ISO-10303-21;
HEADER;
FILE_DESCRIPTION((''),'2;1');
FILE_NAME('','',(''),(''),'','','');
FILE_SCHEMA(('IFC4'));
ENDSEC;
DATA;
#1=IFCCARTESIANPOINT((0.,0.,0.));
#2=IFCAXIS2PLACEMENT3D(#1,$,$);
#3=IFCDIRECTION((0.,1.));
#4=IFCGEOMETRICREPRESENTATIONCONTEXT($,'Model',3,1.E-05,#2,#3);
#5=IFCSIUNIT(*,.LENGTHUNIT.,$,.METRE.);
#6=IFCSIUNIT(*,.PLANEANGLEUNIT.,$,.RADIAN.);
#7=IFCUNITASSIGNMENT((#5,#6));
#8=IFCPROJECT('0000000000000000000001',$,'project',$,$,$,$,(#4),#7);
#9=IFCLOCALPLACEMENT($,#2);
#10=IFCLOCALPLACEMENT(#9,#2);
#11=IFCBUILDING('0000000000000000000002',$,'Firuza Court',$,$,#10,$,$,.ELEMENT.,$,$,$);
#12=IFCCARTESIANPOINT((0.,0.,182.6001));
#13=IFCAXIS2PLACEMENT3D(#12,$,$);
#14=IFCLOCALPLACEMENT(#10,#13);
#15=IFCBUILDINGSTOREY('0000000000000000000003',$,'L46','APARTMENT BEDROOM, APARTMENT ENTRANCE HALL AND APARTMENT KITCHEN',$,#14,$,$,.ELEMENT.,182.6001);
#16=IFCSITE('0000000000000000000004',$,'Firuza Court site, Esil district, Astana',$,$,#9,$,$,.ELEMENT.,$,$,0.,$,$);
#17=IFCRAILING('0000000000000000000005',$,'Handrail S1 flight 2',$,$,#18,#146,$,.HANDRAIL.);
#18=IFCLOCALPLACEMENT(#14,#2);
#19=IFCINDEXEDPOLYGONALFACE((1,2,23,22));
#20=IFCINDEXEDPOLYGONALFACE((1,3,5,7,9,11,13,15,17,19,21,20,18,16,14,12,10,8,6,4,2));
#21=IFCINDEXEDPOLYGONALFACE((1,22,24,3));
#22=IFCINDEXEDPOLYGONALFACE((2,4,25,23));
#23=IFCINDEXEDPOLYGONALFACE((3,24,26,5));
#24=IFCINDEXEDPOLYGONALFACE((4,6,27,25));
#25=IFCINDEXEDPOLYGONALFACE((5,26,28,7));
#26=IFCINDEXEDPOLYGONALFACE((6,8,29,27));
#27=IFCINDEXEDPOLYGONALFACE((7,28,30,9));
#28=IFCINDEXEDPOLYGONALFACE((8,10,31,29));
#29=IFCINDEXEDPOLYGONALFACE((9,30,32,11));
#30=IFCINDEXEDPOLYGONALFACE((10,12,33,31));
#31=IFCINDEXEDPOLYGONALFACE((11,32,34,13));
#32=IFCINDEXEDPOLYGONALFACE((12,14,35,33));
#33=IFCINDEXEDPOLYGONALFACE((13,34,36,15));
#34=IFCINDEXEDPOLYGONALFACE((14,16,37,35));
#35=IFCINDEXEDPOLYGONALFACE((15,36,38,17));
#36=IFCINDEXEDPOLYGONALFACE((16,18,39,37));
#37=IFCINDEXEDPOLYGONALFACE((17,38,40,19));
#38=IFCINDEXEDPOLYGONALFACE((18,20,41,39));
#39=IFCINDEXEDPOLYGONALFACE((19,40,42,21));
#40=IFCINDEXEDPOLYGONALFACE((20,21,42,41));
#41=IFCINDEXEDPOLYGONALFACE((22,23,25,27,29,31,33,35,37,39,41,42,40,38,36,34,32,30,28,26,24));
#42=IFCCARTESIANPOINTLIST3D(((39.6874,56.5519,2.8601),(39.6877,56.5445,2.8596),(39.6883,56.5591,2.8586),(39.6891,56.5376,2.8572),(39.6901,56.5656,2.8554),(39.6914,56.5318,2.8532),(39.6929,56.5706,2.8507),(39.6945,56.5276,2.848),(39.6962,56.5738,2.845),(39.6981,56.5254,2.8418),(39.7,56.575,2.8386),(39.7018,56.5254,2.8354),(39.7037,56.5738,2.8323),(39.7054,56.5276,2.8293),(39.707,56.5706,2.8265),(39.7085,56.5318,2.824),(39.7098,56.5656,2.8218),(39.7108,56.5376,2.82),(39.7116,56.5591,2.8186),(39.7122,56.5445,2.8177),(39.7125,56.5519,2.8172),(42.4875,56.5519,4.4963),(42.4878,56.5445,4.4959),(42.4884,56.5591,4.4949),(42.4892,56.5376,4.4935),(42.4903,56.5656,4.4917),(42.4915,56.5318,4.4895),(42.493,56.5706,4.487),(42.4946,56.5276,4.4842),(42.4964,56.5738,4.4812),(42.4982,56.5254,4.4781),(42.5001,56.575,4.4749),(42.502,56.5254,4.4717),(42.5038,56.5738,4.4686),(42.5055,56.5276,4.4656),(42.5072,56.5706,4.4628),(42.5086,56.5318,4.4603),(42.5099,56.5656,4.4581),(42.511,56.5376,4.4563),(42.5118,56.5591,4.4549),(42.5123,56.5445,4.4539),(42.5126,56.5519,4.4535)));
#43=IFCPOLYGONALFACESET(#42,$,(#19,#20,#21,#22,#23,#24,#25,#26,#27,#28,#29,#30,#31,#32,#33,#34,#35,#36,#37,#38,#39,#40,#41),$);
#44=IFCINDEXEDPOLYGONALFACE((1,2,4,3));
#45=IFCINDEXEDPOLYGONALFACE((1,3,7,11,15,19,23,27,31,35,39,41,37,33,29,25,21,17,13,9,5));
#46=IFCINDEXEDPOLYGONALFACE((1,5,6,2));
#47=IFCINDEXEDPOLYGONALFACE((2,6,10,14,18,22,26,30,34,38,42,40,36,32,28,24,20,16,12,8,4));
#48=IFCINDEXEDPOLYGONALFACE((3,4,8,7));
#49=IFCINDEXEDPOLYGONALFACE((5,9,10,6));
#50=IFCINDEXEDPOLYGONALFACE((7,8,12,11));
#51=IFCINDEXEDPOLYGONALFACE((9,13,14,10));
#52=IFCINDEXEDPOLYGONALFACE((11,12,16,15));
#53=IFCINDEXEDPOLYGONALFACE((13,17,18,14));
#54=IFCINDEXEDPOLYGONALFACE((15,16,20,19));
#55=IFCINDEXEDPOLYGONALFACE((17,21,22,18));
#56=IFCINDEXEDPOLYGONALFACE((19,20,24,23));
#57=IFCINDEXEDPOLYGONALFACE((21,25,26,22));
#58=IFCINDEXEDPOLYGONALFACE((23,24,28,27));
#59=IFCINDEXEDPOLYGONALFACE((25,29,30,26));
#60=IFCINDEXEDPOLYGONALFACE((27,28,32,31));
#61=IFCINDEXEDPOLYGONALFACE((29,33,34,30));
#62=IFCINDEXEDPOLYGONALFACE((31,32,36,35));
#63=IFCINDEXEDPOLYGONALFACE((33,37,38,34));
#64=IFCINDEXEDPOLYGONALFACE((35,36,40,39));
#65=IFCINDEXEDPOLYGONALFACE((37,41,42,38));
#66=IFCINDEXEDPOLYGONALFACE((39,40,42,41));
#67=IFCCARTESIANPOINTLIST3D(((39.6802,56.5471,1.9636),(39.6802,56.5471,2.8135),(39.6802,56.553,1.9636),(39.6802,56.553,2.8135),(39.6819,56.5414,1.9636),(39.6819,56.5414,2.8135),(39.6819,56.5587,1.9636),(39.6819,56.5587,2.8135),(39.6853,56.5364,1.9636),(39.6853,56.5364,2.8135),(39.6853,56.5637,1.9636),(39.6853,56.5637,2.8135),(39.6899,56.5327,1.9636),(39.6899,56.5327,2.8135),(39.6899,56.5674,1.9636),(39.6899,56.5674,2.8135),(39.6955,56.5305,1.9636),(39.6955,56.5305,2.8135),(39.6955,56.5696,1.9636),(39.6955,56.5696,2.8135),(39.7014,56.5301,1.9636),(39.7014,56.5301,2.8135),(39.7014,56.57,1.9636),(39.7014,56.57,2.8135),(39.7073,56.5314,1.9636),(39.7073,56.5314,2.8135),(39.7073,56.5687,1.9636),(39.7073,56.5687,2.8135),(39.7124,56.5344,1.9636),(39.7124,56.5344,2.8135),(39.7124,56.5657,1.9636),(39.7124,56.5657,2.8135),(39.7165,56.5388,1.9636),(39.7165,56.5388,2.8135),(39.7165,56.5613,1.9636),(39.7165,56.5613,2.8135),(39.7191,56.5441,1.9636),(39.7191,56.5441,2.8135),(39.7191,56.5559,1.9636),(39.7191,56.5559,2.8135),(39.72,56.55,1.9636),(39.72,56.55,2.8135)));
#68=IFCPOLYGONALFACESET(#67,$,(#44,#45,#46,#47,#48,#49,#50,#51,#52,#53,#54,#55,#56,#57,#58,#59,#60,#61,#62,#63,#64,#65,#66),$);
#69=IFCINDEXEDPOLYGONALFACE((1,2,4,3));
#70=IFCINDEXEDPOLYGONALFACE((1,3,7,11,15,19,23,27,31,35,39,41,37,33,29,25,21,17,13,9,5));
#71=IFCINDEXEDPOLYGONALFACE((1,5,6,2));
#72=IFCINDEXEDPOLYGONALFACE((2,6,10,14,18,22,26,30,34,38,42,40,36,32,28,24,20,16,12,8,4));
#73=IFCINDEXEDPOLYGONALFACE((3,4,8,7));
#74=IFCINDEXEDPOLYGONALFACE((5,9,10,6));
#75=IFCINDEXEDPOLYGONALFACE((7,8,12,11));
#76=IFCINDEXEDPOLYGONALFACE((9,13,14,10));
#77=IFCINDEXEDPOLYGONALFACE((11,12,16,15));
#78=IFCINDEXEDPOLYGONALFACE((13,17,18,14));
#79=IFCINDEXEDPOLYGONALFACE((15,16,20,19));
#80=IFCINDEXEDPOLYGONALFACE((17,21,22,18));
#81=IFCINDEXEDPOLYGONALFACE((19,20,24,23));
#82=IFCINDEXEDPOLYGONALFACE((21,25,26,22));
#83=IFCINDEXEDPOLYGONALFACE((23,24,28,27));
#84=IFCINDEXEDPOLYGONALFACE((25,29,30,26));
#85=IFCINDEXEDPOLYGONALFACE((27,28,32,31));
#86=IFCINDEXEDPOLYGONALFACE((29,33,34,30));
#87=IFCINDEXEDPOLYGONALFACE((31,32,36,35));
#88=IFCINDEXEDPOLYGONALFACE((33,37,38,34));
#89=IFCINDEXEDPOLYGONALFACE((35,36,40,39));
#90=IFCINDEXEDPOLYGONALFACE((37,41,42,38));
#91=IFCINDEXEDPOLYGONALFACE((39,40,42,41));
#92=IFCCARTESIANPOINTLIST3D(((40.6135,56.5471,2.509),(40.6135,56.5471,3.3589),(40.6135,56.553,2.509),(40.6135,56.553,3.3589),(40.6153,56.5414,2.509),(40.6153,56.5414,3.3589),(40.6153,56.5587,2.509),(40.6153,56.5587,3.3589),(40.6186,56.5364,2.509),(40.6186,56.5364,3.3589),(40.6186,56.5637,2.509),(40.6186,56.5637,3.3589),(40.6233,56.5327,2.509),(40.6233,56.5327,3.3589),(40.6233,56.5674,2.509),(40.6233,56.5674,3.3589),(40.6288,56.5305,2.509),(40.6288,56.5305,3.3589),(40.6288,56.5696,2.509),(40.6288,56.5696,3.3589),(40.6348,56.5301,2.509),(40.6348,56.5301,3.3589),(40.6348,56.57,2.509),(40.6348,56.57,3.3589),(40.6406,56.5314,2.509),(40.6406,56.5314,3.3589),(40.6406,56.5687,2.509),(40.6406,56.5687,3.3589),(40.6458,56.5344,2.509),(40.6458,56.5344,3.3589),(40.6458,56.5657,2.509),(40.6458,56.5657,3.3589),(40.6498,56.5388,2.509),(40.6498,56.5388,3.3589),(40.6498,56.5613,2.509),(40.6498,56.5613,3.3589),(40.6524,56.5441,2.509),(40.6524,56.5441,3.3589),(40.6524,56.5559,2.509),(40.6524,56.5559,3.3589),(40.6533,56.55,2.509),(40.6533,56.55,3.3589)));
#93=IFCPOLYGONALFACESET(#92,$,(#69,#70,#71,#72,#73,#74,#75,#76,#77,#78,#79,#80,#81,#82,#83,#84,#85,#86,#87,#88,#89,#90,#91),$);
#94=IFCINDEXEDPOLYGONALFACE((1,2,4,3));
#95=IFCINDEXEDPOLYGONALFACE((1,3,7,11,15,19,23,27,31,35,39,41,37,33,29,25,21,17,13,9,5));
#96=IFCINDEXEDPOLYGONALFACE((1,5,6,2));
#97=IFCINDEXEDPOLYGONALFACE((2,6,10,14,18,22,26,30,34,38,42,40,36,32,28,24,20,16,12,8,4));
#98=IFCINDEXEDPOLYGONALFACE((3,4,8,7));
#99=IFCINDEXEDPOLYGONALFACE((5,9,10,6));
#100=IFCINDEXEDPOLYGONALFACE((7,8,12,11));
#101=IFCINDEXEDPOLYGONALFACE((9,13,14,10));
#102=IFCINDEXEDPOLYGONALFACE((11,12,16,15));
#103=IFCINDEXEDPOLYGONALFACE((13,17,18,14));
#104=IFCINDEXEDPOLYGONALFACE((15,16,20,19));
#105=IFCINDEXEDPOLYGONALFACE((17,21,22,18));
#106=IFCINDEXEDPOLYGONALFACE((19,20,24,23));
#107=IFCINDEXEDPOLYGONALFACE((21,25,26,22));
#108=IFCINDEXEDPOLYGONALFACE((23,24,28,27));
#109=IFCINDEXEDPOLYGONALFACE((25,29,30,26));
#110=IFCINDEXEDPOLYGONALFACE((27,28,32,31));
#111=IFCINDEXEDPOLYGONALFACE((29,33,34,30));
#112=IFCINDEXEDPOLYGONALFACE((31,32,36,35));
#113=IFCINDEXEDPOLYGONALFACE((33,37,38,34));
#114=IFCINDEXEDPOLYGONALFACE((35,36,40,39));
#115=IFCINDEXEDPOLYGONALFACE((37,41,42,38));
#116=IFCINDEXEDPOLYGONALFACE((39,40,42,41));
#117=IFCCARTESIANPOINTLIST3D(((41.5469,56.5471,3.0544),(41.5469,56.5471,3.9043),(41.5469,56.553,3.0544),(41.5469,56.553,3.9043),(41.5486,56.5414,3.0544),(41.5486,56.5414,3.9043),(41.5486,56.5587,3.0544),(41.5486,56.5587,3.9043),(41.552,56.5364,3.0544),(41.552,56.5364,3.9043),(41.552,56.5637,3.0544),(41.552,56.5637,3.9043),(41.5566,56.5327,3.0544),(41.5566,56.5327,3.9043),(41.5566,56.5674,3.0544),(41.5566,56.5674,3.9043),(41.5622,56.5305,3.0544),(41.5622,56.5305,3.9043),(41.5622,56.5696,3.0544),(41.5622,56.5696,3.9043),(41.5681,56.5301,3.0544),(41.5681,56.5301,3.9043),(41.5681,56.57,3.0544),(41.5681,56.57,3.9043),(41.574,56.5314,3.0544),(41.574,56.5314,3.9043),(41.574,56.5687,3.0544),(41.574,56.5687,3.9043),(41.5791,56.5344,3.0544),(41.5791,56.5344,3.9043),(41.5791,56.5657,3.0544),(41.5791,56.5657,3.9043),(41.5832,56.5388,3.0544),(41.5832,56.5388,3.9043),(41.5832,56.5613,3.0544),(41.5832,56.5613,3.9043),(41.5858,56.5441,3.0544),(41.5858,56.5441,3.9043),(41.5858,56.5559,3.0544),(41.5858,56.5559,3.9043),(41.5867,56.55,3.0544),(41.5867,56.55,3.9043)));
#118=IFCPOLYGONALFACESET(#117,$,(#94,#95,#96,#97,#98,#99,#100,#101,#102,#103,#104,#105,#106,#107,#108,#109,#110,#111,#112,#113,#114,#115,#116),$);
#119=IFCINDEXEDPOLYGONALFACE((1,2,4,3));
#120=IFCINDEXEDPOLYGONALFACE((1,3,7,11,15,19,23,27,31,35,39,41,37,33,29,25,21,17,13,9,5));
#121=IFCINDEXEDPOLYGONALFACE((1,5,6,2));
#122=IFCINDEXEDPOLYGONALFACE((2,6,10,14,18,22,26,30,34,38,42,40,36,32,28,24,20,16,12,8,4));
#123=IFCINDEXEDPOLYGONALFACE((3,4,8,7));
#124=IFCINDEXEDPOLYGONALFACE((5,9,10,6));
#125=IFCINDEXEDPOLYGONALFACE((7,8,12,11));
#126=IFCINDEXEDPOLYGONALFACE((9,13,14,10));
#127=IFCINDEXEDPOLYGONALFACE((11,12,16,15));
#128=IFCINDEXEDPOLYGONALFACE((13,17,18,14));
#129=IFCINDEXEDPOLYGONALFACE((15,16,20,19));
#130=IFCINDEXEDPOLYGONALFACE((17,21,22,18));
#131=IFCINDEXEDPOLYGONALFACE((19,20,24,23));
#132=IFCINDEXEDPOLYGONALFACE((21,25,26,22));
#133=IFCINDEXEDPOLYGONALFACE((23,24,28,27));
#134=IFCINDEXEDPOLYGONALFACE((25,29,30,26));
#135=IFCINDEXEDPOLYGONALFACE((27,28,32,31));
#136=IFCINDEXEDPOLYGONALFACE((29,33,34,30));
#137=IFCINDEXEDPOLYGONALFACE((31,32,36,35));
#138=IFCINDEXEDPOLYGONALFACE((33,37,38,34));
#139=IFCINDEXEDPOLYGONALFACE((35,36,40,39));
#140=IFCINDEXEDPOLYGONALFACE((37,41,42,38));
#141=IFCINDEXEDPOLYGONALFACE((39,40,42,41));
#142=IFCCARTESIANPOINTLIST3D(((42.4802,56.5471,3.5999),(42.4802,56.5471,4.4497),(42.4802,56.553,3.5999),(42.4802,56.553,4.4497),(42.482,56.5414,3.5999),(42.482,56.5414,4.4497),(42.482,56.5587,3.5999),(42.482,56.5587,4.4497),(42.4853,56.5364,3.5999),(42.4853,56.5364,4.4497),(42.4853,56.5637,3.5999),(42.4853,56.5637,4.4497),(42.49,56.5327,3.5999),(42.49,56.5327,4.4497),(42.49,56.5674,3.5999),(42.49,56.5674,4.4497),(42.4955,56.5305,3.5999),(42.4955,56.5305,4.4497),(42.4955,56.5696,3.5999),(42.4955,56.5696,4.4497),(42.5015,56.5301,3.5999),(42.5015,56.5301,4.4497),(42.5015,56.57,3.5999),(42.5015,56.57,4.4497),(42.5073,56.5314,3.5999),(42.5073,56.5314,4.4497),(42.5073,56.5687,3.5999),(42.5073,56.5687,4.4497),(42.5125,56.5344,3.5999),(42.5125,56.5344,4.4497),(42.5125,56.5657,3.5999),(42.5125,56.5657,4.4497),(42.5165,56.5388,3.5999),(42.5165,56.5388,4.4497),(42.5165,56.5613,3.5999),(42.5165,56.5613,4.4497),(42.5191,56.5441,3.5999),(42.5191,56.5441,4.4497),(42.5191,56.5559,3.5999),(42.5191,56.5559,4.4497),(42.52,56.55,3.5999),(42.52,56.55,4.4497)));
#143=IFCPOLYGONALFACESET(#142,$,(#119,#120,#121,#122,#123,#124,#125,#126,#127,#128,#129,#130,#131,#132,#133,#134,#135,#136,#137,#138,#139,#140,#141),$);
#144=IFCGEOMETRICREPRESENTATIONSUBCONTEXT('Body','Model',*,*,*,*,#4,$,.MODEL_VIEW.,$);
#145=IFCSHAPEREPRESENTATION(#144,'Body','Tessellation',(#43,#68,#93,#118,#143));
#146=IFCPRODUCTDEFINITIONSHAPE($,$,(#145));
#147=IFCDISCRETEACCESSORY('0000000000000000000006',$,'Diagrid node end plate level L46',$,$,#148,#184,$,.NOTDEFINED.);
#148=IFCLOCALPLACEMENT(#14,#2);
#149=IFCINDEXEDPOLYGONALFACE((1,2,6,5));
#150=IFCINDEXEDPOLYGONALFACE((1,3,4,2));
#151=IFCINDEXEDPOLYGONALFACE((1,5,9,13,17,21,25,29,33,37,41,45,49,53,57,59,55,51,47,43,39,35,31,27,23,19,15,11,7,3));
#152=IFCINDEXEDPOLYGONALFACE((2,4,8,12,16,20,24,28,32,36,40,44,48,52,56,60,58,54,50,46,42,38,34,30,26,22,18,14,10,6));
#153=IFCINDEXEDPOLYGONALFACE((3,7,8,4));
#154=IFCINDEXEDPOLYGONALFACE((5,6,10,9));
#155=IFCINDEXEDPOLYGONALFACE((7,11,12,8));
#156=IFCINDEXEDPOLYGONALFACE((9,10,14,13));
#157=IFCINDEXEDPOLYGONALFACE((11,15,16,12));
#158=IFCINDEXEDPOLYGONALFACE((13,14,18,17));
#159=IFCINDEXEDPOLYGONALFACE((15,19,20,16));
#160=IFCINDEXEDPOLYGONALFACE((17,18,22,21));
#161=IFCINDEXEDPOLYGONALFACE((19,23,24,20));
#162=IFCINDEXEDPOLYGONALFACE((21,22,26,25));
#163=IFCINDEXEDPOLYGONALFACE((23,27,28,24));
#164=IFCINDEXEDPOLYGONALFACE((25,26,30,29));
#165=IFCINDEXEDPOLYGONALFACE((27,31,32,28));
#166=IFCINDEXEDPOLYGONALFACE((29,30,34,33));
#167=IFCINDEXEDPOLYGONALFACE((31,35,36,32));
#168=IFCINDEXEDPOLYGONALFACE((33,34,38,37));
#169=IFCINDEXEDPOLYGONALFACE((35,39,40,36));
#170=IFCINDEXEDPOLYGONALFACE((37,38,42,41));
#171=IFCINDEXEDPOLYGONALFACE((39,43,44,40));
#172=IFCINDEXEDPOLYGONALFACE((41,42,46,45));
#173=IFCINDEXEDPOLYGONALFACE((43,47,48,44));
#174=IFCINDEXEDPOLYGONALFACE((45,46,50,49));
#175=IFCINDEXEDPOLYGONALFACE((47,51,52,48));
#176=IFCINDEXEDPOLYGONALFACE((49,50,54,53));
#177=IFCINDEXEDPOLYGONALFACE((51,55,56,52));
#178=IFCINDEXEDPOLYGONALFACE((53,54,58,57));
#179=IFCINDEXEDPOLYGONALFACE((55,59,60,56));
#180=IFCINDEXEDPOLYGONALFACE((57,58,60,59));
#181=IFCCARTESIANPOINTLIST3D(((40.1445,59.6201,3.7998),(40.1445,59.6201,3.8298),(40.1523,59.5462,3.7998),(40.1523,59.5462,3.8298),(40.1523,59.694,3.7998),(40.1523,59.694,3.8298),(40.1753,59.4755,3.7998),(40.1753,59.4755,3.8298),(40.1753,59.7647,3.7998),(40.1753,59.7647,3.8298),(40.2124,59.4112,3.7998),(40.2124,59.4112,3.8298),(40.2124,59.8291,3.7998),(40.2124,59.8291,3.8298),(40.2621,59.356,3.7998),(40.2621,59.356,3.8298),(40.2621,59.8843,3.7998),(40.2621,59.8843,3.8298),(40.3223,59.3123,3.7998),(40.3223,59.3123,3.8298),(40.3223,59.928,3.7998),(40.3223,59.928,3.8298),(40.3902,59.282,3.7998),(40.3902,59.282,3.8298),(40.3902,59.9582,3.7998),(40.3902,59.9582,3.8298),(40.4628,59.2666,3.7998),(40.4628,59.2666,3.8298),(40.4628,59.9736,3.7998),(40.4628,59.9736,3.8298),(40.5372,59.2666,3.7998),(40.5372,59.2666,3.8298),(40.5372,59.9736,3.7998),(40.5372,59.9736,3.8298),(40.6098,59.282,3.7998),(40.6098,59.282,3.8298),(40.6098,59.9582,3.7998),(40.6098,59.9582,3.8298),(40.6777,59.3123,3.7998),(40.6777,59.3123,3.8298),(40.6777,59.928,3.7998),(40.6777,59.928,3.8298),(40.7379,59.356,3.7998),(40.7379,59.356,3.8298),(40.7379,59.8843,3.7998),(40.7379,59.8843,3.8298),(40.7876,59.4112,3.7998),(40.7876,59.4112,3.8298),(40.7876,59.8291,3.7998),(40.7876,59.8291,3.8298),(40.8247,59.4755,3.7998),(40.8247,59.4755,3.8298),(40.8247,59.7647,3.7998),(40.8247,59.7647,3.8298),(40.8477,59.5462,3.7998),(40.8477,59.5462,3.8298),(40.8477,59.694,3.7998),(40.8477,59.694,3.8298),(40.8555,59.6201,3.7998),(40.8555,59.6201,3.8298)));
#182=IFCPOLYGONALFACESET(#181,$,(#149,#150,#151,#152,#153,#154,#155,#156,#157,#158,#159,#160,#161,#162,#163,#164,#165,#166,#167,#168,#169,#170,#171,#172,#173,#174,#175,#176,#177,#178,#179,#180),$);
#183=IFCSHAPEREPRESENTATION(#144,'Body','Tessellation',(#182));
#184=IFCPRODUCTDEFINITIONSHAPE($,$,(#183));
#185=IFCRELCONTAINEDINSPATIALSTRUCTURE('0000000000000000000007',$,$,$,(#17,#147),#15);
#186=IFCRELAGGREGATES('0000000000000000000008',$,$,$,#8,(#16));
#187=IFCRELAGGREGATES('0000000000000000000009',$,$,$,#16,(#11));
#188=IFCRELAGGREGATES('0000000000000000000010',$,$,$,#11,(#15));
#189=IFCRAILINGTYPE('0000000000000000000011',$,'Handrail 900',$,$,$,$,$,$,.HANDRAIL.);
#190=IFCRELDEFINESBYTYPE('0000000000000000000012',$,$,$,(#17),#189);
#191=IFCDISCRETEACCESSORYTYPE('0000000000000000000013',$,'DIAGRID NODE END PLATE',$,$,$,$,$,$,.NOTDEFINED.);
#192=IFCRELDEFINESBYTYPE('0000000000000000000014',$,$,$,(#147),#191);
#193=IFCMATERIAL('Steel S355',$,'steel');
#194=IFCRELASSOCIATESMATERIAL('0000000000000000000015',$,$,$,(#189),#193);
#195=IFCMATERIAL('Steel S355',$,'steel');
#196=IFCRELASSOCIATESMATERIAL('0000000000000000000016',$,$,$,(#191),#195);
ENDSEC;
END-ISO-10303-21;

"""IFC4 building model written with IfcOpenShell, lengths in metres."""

from ifc_helpers import new_model, si_unit, direction, frame, origin, origin_2d, place, context, subcontext, project, spatial, circle, extrude, material, material_profile, profile_set, type_object, element, save


model = new_model("IFC4")

# Units and contexts
model_context = context("Model", 3, precision=1e-05, world=origin(), true_north=direction((0.0, 1.0)))
body_context = subcontext(model_context, "Body", "Model", "MODEL_VIEW")
ifc_project = project(units=[si_unit("LENGTHUNIT", "METRE"), si_unit("PLANEANGLEUNIT", "RADIAN")], contexts=[model_context])

# Site, building, storey
site_placement = place(None, origin())
site = spatial("IfcSite", under=ifc_project, at=site_placement, Name="Firuza Court site, Esil district, Astana", CompositionType="ELEMENT", RefElevation=0.0)
building_placement = place(site_placement, origin())
building = spatial("IfcBuilding", under=site, at=building_placement, Name="Firuza Court", CompositionType="ELEMENT")
storey_placement = place(building_placement, frame((0.0, 0.0, 182.6001)))
storey = spatial("IfcBuildingStorey", under=building, at=storey_placement, Name="L46", Description="APARTMENT BEDROOM, APARTMENT ENTRANCE HALL AND APARTMENT KITCHEN", CompositionType="ELEMENT", Elevation=182.6001)

# Railing
ifc_material_1 = material(Name="Steel S355", Category="steel")
railing_type = type_object("IfcRailingType", Name="Handrail 900", PredefinedType="HANDRAIL", material=ifc_material_1)
railing_placement = place(storey_placement, frame((39.7, 56.55, 1.9636)))
element("IfcRailing", 1, at=railing_placement, inside=storey, type_object=railing_type, Name="Handrail S1 flight 2", PredefinedType="HANDRAIL", context=body_context, shape_type="SweptSolid", body=[
    extrude(circle(Radius=0.0249, at=origin_2d()), frame((0.0, 0.0, 0.875), z_axis=(0.863394, 0.0, 0.504531), x_axis=(0.0, 1.0, 0.0)), (0.0, 0.0, 1.0), 3.2432),
    extrude(circle(Radius=0.02, at=origin_2d()), origin(), (0.0, 0.0, 1.0), 0.8499),
    extrude(circle(Radius=0.02, at=origin_2d()), frame((0.9333, 0.0, 0.5454)), (0.0, 0.0, 1.0), 0.8499),
    extrude(circle(Radius=0.02, at=origin_2d()), frame((1.8667, 0.0, 1.0908)), (0.0, 0.0, 1.0), 0.8499),
    extrude(circle(Radius=0.02, at=origin_2d()), frame((2.8, 0.0, 1.6362)), (0.0, 0.0, 1.0), 0.8499),
])

# Discrete accessory
ifc_material_2 = material(Name="Steel S355", Category="steel")
ifc_material_profile_1 = material_profile(ifc_material_2, circle(Radius=0.3555, at=origin_2d()), Name="PL D711")
ifc_profile_set_1 = profile_set([ifc_material_profile_1], Name="Steel S355")
discrete_accessory_type = type_object("IfcDiscreteAccessoryType", Name="DIAGRID NODE END PLATE", PredefinedType="NOTDEFINED", material=ifc_profile_set_1)
discrete_accessory_placement = place(storey_placement, frame((40.5, 59.6201, 3.7998), z_axis=(0.0, 0.0, 1.0), x_axis=(1.0, 0.0, 0.0)))
element("IfcDiscreteAccessory", 2, at=discrete_accessory_placement, inside=storey, type_object=discrete_accessory_type, Name="Diagrid node end plate level L46", PredefinedType="NOTDEFINED", context=body_context, shape_type="SweptSolid", body=[
    extrude(circle(Radius=0.3555, at=origin_2d()), origin(), (0.0, 0.0, 1.0), 0.03),
])

save(model, "model.ifc")
